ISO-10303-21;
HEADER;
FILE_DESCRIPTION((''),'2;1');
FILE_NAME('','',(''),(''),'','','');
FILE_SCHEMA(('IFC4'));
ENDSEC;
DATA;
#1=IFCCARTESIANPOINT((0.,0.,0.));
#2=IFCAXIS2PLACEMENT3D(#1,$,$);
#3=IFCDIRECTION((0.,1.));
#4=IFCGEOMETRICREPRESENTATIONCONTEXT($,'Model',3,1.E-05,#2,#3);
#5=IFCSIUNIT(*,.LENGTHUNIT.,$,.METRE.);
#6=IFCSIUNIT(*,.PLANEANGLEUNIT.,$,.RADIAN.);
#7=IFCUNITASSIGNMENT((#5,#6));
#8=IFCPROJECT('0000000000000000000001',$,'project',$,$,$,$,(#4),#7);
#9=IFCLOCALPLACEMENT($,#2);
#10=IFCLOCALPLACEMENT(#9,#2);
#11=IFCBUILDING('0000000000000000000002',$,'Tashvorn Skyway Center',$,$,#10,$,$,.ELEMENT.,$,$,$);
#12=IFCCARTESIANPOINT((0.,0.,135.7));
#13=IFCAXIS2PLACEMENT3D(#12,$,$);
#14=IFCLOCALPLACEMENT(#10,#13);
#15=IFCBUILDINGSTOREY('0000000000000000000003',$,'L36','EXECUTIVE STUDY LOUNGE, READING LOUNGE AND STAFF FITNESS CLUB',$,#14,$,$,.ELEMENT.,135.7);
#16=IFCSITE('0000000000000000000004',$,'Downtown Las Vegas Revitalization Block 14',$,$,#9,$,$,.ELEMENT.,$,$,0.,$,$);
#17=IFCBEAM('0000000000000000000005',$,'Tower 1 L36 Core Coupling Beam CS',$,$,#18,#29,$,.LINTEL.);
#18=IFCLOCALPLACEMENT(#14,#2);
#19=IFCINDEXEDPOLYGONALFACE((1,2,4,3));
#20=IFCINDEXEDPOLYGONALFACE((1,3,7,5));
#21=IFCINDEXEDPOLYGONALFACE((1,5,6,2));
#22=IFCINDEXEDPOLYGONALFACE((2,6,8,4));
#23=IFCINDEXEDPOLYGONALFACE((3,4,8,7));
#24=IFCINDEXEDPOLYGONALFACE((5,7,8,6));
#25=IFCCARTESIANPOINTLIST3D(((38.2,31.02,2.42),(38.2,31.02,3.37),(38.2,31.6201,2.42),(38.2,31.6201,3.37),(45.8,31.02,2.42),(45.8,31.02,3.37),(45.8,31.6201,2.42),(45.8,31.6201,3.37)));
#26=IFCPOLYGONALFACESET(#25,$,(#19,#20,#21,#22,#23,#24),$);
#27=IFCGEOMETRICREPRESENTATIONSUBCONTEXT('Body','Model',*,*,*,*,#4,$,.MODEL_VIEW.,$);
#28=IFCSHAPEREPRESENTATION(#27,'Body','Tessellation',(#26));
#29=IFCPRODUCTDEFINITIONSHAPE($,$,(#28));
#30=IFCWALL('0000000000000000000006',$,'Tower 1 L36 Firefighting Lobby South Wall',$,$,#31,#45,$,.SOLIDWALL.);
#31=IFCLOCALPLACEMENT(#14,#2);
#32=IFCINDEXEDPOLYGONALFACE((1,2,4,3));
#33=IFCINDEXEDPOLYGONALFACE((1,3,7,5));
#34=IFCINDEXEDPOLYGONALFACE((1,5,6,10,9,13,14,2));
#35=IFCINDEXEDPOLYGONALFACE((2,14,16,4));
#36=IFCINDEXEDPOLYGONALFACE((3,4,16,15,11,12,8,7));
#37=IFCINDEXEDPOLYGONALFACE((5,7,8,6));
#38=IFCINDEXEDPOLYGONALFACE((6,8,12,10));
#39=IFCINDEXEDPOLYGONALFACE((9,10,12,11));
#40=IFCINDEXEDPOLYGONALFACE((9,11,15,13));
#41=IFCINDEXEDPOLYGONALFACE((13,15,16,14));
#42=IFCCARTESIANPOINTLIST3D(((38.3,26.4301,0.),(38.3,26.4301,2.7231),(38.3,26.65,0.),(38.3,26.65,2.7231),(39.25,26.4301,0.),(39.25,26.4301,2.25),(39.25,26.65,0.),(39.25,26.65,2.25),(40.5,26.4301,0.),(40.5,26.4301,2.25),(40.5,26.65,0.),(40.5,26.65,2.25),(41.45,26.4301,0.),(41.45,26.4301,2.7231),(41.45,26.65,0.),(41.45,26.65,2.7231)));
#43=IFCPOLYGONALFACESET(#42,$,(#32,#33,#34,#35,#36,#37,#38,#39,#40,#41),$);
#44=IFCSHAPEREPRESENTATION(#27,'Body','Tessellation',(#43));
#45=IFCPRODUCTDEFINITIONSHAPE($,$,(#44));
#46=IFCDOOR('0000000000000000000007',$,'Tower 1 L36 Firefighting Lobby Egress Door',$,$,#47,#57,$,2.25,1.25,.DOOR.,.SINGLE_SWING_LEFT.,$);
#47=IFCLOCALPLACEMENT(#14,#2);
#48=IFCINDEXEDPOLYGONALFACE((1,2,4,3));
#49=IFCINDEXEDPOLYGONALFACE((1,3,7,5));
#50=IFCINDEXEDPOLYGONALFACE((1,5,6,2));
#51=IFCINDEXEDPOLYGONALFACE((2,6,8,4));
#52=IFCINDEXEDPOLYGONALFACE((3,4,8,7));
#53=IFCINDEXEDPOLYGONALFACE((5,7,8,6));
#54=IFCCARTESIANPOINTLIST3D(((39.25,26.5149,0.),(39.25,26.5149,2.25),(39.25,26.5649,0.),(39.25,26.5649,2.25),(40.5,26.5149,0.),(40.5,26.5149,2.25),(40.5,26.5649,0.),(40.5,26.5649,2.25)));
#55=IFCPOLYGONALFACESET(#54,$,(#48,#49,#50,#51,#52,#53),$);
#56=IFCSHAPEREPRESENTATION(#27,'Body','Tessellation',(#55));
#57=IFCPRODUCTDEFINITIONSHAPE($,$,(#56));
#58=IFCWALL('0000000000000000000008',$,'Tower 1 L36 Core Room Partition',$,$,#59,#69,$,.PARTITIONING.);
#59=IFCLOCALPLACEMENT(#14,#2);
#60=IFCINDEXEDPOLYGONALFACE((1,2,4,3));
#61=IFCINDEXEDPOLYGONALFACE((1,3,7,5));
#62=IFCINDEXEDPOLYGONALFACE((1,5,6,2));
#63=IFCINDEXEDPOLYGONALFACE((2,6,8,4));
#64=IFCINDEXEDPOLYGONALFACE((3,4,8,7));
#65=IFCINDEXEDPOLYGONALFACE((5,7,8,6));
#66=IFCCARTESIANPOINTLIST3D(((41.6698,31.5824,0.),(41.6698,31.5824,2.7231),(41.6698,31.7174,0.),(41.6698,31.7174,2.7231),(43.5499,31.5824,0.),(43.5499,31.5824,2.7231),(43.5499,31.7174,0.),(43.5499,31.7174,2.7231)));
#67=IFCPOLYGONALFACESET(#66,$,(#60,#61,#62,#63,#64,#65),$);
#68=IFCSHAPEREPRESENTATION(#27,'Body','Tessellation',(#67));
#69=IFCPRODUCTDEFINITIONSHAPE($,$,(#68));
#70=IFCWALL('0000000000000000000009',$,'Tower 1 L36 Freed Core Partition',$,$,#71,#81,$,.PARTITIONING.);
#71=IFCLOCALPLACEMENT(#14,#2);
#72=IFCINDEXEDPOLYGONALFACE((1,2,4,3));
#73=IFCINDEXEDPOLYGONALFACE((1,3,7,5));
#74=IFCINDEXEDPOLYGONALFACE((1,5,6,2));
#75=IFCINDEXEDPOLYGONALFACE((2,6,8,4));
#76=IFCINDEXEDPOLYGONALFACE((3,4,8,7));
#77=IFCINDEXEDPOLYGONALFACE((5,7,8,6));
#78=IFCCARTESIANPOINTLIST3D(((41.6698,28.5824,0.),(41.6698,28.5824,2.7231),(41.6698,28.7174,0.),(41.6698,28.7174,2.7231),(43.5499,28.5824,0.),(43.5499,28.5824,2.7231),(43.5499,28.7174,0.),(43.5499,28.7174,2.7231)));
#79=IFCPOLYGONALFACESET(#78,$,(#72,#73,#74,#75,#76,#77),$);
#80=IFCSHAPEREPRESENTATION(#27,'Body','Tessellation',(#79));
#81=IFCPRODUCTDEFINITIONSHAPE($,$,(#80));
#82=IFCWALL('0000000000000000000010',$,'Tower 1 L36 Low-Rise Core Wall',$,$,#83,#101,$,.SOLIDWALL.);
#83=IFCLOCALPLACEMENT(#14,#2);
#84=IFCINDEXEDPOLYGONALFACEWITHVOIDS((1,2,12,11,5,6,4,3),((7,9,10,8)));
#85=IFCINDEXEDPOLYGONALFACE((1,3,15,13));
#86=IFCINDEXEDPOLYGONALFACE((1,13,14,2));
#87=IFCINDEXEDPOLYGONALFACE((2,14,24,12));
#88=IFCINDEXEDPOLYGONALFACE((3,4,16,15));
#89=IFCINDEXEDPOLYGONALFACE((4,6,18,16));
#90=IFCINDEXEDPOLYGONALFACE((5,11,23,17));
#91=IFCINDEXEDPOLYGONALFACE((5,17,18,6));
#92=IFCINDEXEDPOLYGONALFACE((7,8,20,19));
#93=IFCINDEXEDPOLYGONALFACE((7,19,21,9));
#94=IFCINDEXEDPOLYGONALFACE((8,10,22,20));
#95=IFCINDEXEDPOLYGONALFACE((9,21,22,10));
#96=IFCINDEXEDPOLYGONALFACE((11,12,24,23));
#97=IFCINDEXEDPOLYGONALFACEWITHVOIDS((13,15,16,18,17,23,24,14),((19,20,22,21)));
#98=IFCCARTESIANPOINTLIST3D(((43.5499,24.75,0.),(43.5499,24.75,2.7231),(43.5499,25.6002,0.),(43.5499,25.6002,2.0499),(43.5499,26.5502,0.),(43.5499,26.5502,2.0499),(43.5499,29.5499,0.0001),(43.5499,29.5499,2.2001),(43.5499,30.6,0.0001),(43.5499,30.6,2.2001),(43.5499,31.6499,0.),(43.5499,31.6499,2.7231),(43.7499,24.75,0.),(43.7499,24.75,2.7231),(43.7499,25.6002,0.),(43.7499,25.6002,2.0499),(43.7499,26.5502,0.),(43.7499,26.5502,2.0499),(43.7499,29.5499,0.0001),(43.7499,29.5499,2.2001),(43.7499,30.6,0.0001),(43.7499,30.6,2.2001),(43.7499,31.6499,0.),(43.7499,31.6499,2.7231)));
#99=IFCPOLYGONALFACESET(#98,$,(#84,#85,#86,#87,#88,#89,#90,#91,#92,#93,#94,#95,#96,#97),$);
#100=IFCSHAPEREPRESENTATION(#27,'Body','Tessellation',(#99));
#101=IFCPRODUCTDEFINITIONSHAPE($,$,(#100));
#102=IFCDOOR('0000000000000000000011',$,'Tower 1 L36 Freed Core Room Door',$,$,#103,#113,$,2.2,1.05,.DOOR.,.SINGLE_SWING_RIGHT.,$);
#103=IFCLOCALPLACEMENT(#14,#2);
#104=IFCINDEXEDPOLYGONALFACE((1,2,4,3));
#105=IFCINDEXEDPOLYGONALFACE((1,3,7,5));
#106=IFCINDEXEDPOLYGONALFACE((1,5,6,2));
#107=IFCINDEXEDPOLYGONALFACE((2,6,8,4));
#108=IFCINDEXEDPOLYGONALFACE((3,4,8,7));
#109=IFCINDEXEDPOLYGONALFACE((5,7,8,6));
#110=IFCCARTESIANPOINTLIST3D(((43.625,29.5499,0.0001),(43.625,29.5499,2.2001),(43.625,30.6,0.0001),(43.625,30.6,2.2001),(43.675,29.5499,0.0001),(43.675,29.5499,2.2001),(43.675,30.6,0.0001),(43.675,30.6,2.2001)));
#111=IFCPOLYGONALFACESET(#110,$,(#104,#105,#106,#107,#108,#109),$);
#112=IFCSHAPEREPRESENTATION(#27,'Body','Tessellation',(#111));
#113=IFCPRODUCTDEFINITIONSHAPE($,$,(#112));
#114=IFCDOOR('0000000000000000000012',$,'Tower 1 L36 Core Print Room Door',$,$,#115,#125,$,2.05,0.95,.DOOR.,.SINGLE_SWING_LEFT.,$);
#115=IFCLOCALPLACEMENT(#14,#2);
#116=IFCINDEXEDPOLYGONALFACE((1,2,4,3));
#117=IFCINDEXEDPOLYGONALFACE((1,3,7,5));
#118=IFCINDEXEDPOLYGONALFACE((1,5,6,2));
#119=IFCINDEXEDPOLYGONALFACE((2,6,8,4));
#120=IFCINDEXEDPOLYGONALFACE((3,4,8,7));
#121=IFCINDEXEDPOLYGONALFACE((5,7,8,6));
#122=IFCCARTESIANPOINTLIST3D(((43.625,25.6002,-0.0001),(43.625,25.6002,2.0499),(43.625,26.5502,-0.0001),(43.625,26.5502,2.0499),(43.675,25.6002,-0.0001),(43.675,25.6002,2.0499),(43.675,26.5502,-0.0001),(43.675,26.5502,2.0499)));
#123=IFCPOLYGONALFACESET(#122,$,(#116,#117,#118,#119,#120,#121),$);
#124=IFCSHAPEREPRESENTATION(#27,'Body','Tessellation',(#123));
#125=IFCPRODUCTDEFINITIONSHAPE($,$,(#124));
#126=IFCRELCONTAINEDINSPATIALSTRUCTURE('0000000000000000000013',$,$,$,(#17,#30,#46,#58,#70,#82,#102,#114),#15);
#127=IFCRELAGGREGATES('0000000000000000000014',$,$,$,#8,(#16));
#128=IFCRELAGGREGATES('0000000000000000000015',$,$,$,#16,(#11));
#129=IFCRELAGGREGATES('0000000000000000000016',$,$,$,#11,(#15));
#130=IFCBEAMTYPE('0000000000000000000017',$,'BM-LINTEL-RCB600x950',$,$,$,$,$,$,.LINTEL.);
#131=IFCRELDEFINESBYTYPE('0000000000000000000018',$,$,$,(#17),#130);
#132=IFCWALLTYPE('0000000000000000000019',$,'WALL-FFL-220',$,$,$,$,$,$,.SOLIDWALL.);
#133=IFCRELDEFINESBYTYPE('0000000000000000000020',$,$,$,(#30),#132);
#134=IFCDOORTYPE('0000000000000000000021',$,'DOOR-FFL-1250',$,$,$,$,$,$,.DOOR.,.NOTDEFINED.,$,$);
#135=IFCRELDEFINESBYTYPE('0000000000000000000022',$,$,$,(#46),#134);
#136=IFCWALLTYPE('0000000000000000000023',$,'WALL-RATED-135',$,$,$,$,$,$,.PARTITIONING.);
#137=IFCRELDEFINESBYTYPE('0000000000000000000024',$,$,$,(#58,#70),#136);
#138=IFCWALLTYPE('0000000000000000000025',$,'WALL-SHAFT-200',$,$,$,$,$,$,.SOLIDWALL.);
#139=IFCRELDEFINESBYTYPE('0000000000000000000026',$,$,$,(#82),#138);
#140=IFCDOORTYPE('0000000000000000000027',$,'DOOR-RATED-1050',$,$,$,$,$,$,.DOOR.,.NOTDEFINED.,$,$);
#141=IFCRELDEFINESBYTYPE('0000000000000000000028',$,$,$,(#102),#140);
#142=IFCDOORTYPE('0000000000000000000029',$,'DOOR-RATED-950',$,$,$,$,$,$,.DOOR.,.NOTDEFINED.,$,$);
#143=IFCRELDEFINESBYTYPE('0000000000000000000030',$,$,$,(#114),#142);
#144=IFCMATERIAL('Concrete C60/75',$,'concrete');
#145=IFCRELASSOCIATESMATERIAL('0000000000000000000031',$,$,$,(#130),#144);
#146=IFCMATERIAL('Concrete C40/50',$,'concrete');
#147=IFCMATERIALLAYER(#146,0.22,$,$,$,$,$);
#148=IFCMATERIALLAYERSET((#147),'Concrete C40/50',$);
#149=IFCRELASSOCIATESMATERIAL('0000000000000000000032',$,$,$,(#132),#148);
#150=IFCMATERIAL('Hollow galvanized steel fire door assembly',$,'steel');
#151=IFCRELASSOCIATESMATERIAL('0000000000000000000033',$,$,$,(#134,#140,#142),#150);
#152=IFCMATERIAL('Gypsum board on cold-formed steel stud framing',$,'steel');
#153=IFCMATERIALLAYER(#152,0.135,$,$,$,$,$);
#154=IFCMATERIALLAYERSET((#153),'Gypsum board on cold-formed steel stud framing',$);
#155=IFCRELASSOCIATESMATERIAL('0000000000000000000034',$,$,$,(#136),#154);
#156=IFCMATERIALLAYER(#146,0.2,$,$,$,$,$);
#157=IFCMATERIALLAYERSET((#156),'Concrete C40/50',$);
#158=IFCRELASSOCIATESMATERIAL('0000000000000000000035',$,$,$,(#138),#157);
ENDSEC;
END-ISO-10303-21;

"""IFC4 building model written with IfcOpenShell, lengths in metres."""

from ifc_helpers import new_model, si_unit, direction, frame, frame_2d, origin, origin_2d, place, context, subcontext, project, spatial, rectangle, extrude, material, layer, layer_set, material_profile, profile_set, type_object, element, fill, save


model = new_model("IFC4")

# Units and contexts
model_context = context("Model", 3, precision=1e-05, world=origin(), true_north=direction((0.0, 1.0)))
body_context = subcontext(model_context, "Body", "Model", "MODEL_VIEW")
ifc_project = project(units=[si_unit("LENGTHUNIT", "METRE"), si_unit("PLANEANGLEUNIT", "RADIAN")], contexts=[model_context])

# Site, building, storey
site_placement = place(None, origin())
site = spatial("IfcSite", under=ifc_project, at=site_placement, Name="Downtown Las Vegas Revitalization Block 14", CompositionType="ELEMENT", RefElevation=0.0)
building_placement = place(site_placement, origin())
building = spatial("IfcBuilding", under=site, at=building_placement, Name="Tashvorn Skyway Center", CompositionType="ELEMENT")
storey_placement = place(building_placement, frame((0.0, 0.0, 135.7)))
storey = spatial("IfcBuildingStorey", under=building, at=storey_placement, Name="L36", Description="EXECUTIVE STUDY LOUNGE, READING LOUNGE AND STAFF FITNESS CLUB", CompositionType="ELEMENT", Elevation=135.7)

# Beam
ifc_material_1 = material(Name="Concrete C60/75", Category="concrete")
ifc_material_profile = material_profile(ifc_material_1, rectangle(XDim=0.6001, YDim=0.95, at=origin_2d()), Name="RCB600x950")
ifc_profile_set = profile_set([ifc_material_profile], Name="Concrete C60/75")
beam_type = type_object("IfcBeamType", Name="BM-LINTEL-RCB600x950", PredefinedType="LINTEL", material=ifc_profile_set)
beam_placement = place(storey_placement, frame((38.2, 31.3201, 2.895), z_axis=(1.0, 0.0, 0.0), x_axis=(0.0, 1.0, 0.0)))
element("IfcBeam", 1, at=beam_placement, inside=storey, type_object=beam_type, Name="Tower 1 L36 Core Coupling Beam CS", PredefinedType="LINTEL", context=body_context, shape_type="SweptSolid", body=[
    extrude(rectangle(XDim=0.6001, YDim=0.95, at=origin_2d()), origin(), (0.0, 0.0, 1.0), 7.6001),
])

# Wall, opening, door
ifc_material_2 = material(Name="Concrete C40/50", Category="concrete")
ifc_layer_1 = layer(ifc_material_2, 0.22)
ifc_layer_set_1 = layer_set([ifc_layer_1], Name="Concrete C40/50")
wall_type_1 = type_object("IfcWallType", Name="WALL-FFL-220", PredefinedType="SOLIDWALL", material=ifc_layer_set_1)
wall_1_placement = place(storey_placement, frame((38.3, 26.54, 0.0), z_axis=(0.0, 0.0, 1.0), x_axis=(1.0, 0.0, 0.0)))
wall_1 = element("IfcWall", 2, at=wall_1_placement, inside=storey, type_object=wall_type_1, Name="Tower 1 L36 Firefighting Lobby South Wall", PredefinedType="SOLIDWALL", context=body_context, shape_type="SweptSolid", body=[
    extrude(rectangle(XDim=3.1499, YDim=0.22, at=frame_2d((1.575, 0.0))), origin(), (0.0, 0.0, 1.0), 2.7231),
])
opening_1_placement = place(wall_1_placement, frame((0.95, 0.0, 0.0)))
opening_1 = element("IfcOpeningElement", 3, at=opening_1_placement, cuts=wall_1, PredefinedType="OPENING", context=body_context, shape_type="SweptSolid", body=[
    extrude(rectangle(XDim=1.25, YDim=2.25, at=frame_2d((0.625, 1.125))), frame((0.0, 0.1199, 0.0), z_axis=(0.0, -1.0, 0.0), x_axis=(1.0, 0.0, 0.0)), (0.0, 0.0, 1.0), 0.24),
])
ifc_material_3 = material(Name="Hollow galvanized steel fire door assembly", Category="steel")
door_type_1 = type_object("IfcDoorType", Name="DOOR-FFL-1250", OperationType="NOTDEFINED", PredefinedType="DOOR", material=ifc_material_3)
door_1_placement = place(opening_1_placement, origin())
door_1 = element("IfcDoor", 4, at=door_1_placement, inside=storey, type_object=door_type_1, Name="Tower 1 L36 Firefighting Lobby Egress Door", OperationType="SINGLE_SWING_LEFT", OverallHeight=2.25, OverallWidth=1.25, PredefinedType="DOOR", context=body_context, shape_type="SweptSolid", body=[
    extrude(rectangle(XDim=1.25, YDim=2.25, at=frame_2d((0.625, 1.125))), frame((0.0, 0.0249, 0.0), z_axis=(0.0, -1.0, 0.0), x_axis=(1.0, 0.0, 0.0)), (0.0, 0.0, 1.0), 0.05),
])
fill(opening_1, door_1)

# Walls
ifc_material_4 = material(Name="Gypsum board on cold-formed steel stud framing", Category="steel")
ifc_layer_2 = layer(ifc_material_4, 0.135)
ifc_layer_set_2 = layer_set([ifc_layer_2], Name="Gypsum board on cold-formed steel stud framing")
wall_type_2 = type_object("IfcWallType", Name="WALL-RATED-135", PredefinedType="PARTITIONING", material=ifc_layer_set_2)
for number, where, z_axis, x_axis, name in (
    (5, (41.6699, 31.6499, 0.0), (0.0, 0.0, 1.0), (1.0, 0.0, 0.0), "Tower 1 L36 Core Room Partition"),
    (6, (41.6699, 28.6499, 0.0), (0.0, 0.0, 1.0), (1.0, 0.0, 0.0), "Tower 1 L36 Freed Core Partition"),
):
    element("IfcWall", number, at=place(storey_placement, frame(where, z_axis=z_axis, x_axis=x_axis)), inside=storey, type_object=wall_type_2, Name=name, PredefinedType="PARTITIONING", context=body_context, shape_type="SweptSolid", body=[
        extrude(rectangle(XDim=1.8801, YDim=0.135, at=frame_2d((0.9399, 0.0))), origin(), (0.0, 0.0, 1.0), 2.7231),
    ])

# Wall, openings, doors
ifc_layer_3 = layer(ifc_material_2, 0.2)
ifc_layer_set_3 = layer_set([ifc_layer_3], Name="Concrete C40/50")
wall_type_3 = type_object("IfcWallType", Name="WALL-SHAFT-200", PredefinedType="SOLIDWALL", material=ifc_layer_set_3)
wall_2_placement = place(storey_placement, frame((43.6499, 24.75, 0.0), z_axis=(0.0, 0.0, 1.0), x_axis=(0.0, 1.0, 0.0)))
wall_2 = element("IfcWall", 7, at=wall_2_placement, inside=storey, type_object=wall_type_3, Name="Tower 1 L36 Low-Rise Core Wall", PredefinedType="SOLIDWALL", context=body_context, shape_type="SweptSolid", body=[
    extrude(rectangle(XDim=6.8999, YDim=0.2, at=frame_2d((3.45, 0.0))), origin(), (0.0, 0.0, 1.0), 2.7231),
])
opening_2_placement = place(wall_2_placement, frame((0.8501, 0.0, 0.0)))
opening_2 = element("IfcOpeningElement", 8, at=opening_2_placement, cuts=wall_2, PredefinedType="OPENING", context=body_context, shape_type="SweptSolid", body=[
    extrude(rectangle(XDim=0.95, YDim=2.05, at=frame_2d((0.4751, 1.0249))), frame((0.0, 0.1099, 0.0), z_axis=(0.0, -1.0, 0.0), x_axis=(1.0, 0.0, 0.0)), (0.0, 0.0, 1.0), 0.22),
])
opening_3_placement = place(wall_2_placement, frame((4.8, 0.0, 0.0)))
opening_3 = element("IfcOpeningElement", 9, at=opening_3_placement, cuts=wall_2, PredefinedType="OPENING", context=body_context, shape_type="SweptSolid", body=[
    extrude(rectangle(XDim=1.05, YDim=2.2, at=frame_2d((0.5249, 1.1001))), frame((0.0, 0.1099, 0.0), z_axis=(0.0, -1.0, 0.0), x_axis=(1.0, 0.0, 0.0)), (0.0, 0.0, 1.0), 0.22),
])
door_type_2 = type_object("IfcDoorType", Name="DOOR-RATED-1050", OperationType="NOTDEFINED", PredefinedType="DOOR", material=ifc_material_3)
door_2_placement = place(opening_3_placement, origin())
door_2 = element("IfcDoor", 10, at=door_2_placement, inside=storey, type_object=door_type_2, Name="Tower 1 L36 Freed Core Room Door", OperationType="SINGLE_SWING_RIGHT", OverallHeight=2.2, OverallWidth=1.05, PredefinedType="DOOR", context=body_context, shape_type="SweptSolid", body=[
    extrude(rectangle(XDim=1.05, YDim=2.2, at=frame_2d((0.5249, 1.1001))), frame((0.0, 0.0249, 0.0), z_axis=(0.0, -1.0, 0.0), x_axis=(1.0, 0.0, 0.0)), (0.0, 0.0, 1.0), 0.05),
])
fill(opening_3, door_2)
door_type_3 = type_object("IfcDoorType", Name="DOOR-RATED-950", OperationType="NOTDEFINED", PredefinedType="DOOR", material=ifc_material_3)
door_3_placement = place(opening_2_placement, origin())
door_3 = element("IfcDoor", 11, at=door_3_placement, inside=storey, type_object=door_type_3, Name="Tower 1 L36 Core Print Room Door", OperationType="SINGLE_SWING_LEFT", OverallHeight=2.05, OverallWidth=0.95, PredefinedType="DOOR", context=body_context, shape_type="SweptSolid", body=[
    extrude(rectangle(XDim=0.95, YDim=2.05, at=frame_2d((0.4751, 1.0249))), frame((0.0, 0.0249, 0.0), z_axis=(0.0, -1.0, 0.0), x_axis=(1.0, 0.0, 0.0)), (0.0, 0.0, 1.0), 0.05),
])
fill(opening_2, door_3)

save(model, "model.ifc")
